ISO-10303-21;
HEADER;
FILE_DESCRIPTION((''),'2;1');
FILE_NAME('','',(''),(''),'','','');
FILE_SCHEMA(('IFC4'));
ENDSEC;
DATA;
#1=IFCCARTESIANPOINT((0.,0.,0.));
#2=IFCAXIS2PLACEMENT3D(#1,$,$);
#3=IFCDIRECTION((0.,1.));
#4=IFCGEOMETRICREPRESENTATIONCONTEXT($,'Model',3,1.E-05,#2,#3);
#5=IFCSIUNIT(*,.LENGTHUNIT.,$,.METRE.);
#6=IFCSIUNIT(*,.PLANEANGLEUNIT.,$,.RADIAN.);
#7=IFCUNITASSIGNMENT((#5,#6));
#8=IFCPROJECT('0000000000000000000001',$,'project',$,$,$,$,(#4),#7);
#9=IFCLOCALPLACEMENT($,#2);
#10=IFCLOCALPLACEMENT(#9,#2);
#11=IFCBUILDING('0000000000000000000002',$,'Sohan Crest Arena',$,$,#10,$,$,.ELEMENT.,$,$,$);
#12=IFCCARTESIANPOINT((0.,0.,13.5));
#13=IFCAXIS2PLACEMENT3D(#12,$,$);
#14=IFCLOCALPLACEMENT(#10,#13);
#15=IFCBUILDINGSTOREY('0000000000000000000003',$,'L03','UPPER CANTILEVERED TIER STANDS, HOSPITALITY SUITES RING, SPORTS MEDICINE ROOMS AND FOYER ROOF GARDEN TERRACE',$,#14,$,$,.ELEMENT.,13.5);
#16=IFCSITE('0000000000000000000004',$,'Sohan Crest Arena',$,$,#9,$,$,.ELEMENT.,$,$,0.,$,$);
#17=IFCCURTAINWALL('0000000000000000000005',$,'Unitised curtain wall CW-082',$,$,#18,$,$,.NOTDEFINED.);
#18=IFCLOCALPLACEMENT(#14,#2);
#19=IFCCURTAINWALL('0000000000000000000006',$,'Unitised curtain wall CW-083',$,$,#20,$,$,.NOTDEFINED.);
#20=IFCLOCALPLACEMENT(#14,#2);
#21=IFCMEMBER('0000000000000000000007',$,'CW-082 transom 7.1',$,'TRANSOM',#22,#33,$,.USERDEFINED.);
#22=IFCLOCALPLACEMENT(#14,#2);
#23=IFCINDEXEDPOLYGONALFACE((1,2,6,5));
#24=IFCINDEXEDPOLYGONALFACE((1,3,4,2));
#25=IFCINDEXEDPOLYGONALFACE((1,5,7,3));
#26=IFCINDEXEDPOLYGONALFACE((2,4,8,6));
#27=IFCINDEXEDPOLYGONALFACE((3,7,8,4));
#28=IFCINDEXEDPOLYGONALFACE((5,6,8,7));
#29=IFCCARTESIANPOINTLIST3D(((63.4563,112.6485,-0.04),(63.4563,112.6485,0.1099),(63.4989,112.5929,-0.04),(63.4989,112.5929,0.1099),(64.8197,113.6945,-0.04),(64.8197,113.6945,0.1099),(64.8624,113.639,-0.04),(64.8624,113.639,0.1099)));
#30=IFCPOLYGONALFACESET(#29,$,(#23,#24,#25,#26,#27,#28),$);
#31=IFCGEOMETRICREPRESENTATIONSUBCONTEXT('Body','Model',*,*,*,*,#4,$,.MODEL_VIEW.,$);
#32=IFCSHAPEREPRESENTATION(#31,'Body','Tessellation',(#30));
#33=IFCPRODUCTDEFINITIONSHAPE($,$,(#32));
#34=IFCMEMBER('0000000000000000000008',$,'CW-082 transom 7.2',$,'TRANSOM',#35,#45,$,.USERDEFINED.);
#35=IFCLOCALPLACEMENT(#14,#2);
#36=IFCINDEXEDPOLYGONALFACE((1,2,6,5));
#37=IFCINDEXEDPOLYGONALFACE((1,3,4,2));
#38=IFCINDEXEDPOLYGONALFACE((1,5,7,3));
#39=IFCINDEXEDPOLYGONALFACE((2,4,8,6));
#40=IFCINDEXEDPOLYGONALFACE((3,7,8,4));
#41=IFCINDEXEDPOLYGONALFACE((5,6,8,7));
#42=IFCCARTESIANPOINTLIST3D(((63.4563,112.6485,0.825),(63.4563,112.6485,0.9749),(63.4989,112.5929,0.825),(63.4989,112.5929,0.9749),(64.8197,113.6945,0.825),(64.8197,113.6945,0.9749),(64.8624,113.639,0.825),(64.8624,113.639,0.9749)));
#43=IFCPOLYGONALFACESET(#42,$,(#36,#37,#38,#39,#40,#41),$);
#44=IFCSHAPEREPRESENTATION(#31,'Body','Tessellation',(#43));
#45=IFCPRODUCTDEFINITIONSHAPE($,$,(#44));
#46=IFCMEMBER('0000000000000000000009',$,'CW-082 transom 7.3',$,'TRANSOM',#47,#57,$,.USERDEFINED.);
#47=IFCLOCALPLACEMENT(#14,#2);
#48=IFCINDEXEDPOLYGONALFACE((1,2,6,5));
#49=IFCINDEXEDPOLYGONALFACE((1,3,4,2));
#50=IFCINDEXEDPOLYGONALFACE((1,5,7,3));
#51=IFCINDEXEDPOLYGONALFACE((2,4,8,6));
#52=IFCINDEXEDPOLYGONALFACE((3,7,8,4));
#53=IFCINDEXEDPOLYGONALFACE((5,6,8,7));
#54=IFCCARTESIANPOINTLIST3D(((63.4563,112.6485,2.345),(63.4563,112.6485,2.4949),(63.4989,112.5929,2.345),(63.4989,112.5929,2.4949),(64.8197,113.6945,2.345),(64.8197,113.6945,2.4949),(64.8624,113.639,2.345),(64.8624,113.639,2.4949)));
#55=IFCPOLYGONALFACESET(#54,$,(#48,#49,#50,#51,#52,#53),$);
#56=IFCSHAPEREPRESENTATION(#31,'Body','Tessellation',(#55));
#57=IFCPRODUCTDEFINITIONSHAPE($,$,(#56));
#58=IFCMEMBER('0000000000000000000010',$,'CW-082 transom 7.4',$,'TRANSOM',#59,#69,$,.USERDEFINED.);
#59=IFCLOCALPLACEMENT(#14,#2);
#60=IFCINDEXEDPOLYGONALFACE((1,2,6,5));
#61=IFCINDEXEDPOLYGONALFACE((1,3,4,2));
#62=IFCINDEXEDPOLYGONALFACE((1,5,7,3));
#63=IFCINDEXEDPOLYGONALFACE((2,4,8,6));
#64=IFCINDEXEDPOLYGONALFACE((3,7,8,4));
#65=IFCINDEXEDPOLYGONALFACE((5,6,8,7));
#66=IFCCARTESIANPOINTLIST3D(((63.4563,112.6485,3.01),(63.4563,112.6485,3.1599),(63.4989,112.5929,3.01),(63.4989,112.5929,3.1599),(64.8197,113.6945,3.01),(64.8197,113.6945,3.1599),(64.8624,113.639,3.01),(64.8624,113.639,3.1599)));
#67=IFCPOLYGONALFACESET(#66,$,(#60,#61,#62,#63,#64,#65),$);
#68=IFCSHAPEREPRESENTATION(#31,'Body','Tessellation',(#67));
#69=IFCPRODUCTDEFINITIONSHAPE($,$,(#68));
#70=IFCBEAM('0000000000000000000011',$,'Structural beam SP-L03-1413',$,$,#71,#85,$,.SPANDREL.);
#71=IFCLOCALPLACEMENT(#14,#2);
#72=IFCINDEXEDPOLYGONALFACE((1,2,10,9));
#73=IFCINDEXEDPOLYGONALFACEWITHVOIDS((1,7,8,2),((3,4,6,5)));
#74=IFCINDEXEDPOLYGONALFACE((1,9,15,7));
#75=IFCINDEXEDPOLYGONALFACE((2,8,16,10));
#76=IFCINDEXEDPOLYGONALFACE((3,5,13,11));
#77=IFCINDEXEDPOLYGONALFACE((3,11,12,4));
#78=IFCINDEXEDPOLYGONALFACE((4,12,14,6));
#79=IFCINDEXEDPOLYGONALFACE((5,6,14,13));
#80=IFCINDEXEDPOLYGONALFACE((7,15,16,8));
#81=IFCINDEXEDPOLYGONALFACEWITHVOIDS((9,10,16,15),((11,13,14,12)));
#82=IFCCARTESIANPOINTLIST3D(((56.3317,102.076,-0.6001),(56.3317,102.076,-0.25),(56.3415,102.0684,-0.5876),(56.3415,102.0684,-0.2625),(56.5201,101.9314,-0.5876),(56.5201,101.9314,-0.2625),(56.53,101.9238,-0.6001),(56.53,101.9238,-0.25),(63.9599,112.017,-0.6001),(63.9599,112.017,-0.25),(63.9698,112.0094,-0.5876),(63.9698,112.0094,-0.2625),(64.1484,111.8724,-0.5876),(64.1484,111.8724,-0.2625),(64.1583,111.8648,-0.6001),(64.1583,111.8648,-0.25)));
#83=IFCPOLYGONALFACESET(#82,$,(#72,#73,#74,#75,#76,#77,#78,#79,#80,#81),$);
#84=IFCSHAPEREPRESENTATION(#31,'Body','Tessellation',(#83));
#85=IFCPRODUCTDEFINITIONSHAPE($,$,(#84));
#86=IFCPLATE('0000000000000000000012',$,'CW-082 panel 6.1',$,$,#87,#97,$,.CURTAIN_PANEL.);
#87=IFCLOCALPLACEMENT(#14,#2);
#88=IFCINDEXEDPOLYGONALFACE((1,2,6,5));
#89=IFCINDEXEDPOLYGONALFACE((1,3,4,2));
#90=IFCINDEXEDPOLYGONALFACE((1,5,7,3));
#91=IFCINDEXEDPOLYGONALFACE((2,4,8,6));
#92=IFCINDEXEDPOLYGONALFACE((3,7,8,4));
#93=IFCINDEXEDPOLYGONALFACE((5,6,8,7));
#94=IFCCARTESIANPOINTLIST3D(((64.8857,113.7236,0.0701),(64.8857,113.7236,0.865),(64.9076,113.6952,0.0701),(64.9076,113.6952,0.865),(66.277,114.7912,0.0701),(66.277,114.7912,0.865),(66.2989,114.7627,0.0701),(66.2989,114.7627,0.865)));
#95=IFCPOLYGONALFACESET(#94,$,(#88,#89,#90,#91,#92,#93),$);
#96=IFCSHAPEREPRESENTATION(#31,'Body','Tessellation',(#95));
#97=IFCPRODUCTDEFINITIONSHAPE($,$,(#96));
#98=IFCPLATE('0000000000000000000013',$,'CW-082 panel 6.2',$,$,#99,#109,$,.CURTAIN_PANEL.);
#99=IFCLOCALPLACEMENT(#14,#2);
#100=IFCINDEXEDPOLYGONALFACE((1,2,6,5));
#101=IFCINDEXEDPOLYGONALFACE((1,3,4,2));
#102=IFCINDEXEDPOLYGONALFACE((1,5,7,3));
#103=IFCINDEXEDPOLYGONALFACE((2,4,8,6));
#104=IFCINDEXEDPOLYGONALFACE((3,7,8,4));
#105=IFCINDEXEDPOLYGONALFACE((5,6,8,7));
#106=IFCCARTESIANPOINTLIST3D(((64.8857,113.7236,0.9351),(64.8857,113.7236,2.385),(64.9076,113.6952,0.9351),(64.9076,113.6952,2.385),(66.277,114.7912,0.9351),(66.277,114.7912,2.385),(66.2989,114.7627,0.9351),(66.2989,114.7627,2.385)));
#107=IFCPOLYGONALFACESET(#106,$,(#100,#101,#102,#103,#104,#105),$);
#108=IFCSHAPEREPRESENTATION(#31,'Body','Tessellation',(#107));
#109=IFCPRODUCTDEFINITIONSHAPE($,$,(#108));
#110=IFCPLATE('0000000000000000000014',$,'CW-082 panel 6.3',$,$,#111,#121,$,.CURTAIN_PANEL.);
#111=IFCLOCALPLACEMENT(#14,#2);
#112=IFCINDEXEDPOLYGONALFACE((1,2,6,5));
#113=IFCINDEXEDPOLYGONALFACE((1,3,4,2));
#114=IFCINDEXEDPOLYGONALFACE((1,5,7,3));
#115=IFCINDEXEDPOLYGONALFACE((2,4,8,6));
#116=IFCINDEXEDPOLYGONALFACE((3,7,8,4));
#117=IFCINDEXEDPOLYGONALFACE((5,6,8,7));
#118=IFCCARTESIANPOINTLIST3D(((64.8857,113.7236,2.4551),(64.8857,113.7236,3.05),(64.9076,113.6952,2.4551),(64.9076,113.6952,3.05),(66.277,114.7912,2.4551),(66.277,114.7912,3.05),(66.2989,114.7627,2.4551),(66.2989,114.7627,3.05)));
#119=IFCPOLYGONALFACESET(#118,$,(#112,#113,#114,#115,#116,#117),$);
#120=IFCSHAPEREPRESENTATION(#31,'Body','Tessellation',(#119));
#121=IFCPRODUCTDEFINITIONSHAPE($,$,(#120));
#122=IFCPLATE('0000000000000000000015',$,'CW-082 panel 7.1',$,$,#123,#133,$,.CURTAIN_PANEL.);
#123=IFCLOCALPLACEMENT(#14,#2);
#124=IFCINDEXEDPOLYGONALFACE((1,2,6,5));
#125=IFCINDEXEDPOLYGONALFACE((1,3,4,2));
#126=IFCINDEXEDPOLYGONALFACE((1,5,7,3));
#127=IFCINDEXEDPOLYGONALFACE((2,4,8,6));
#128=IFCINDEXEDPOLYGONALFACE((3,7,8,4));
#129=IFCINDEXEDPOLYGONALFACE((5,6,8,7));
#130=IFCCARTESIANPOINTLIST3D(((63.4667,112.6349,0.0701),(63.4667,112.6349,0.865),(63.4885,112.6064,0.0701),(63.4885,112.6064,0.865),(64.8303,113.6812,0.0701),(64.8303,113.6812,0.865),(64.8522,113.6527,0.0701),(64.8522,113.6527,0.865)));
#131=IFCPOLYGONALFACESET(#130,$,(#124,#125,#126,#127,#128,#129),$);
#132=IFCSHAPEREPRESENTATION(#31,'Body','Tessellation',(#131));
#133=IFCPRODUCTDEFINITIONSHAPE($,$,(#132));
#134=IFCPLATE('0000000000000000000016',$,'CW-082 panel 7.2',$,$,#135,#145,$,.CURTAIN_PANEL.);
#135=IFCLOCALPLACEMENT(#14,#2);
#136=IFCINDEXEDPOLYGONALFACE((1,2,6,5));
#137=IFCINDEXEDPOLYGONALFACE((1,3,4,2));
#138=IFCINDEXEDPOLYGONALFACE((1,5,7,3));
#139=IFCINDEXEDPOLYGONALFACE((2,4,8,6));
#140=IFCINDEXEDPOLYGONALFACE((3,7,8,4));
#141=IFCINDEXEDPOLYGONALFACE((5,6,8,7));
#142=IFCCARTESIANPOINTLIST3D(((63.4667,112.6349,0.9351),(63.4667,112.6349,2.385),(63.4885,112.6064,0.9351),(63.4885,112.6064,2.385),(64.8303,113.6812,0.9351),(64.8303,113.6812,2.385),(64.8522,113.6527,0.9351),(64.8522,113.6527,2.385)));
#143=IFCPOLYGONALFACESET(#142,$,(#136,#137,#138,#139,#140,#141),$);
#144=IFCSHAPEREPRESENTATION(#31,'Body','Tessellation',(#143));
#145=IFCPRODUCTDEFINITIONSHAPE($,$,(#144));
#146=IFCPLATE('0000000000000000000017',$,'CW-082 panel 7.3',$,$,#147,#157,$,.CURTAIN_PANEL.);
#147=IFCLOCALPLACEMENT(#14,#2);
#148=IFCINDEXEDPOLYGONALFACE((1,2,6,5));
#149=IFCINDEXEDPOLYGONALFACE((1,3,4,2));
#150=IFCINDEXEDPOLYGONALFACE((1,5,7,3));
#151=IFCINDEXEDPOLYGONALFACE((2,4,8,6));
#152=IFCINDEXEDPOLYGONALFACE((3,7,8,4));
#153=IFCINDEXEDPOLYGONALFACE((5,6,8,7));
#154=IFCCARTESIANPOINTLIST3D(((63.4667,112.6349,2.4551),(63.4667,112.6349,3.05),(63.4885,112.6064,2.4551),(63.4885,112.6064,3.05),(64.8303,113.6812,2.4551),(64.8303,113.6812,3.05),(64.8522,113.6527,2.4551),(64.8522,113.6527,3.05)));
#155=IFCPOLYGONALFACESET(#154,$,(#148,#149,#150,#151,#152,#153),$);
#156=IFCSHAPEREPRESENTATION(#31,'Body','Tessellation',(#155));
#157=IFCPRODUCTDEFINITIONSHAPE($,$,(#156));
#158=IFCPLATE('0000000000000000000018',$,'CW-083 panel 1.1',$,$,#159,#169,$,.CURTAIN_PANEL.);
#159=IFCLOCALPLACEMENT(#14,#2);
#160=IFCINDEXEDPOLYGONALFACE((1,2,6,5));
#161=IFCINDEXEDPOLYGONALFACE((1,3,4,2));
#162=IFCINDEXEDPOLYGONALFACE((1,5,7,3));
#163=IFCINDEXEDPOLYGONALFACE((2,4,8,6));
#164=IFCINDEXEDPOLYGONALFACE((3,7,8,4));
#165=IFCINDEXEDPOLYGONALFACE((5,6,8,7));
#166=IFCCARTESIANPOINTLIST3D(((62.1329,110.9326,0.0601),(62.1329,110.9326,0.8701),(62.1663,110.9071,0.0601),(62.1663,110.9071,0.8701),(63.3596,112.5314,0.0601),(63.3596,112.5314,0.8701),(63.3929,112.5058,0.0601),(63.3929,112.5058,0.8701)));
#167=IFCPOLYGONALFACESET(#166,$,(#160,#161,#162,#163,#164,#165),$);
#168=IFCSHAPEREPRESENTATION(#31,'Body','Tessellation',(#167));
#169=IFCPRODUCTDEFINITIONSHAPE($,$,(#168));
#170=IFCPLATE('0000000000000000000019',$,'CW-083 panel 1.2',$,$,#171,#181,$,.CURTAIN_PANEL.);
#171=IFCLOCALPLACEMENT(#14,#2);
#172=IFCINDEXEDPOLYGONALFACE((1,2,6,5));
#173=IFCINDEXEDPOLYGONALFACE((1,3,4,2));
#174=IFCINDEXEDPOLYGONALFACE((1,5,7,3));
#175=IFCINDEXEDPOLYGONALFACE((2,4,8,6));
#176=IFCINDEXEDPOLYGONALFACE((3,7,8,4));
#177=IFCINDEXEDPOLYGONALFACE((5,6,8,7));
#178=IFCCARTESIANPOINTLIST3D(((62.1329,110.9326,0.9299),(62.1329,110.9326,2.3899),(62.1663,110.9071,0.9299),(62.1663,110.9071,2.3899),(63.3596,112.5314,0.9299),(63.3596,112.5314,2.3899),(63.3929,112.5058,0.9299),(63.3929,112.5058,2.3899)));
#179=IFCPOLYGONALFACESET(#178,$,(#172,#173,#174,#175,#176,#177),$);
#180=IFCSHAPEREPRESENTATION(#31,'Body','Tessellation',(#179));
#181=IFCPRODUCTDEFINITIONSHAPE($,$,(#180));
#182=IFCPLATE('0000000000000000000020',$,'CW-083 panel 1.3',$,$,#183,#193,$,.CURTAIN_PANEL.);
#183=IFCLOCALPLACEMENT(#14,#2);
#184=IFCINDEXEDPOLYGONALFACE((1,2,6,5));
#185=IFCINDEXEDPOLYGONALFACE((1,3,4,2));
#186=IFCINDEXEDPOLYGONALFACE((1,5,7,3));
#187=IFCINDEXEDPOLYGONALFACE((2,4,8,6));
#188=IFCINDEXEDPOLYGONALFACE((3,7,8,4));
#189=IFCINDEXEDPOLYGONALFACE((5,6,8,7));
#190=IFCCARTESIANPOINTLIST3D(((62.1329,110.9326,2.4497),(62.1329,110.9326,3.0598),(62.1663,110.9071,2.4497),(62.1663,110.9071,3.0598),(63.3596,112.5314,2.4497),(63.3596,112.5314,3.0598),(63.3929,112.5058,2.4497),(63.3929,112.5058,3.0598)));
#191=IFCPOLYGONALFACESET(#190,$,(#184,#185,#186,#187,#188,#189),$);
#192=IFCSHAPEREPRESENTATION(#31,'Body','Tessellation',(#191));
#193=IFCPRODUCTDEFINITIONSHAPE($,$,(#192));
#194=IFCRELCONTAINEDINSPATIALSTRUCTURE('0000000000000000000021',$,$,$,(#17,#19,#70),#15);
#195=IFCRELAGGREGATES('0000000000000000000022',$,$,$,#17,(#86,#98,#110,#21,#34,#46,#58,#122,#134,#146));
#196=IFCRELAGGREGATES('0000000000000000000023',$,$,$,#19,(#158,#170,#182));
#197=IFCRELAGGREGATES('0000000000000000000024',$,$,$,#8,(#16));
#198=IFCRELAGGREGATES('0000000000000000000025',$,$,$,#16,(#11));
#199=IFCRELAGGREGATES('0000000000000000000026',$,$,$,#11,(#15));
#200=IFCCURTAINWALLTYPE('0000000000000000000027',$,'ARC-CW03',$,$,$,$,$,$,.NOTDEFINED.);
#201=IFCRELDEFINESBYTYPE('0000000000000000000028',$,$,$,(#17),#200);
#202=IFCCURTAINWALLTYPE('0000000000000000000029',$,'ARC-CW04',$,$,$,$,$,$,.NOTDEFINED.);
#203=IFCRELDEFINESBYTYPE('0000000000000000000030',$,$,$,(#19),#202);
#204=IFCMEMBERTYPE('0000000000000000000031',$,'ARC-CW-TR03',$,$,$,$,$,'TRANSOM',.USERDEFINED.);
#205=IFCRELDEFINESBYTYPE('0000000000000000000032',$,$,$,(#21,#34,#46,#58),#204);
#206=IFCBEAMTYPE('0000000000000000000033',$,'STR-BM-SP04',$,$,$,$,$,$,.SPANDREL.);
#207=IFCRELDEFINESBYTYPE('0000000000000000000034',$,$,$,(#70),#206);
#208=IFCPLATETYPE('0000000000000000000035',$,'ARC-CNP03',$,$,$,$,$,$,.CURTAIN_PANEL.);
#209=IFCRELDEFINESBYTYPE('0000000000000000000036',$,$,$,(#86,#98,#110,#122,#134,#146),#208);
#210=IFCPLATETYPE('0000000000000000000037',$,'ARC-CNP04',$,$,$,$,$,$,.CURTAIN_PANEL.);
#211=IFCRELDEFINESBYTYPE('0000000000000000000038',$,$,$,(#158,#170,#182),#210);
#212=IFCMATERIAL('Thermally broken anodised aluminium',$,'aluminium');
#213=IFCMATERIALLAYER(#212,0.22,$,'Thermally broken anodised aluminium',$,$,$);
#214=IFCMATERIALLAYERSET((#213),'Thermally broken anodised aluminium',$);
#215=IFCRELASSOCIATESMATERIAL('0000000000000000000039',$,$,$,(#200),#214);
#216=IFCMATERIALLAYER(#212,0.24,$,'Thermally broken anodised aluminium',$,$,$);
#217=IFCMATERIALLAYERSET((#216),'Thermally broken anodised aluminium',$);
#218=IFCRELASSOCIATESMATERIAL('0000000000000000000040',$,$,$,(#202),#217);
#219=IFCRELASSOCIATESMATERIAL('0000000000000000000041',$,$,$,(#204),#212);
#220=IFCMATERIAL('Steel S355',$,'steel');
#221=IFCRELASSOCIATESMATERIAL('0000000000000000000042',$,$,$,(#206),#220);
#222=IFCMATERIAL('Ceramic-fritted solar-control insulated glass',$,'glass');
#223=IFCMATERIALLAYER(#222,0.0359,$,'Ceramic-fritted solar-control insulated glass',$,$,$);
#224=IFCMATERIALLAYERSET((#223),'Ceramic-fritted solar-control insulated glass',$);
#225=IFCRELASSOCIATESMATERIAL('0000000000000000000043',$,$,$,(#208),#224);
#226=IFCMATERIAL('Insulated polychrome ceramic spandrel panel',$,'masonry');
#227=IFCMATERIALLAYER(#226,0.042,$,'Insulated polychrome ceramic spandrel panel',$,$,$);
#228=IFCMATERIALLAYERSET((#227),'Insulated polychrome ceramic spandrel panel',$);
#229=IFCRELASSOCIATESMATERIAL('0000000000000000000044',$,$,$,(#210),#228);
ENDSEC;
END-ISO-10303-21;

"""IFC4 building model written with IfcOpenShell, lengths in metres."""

from ifc_helpers import new_model, si_unit, direction, frame, origin, origin_2d, place, context, subcontext, project, spatial, rectangle, hollow_rectangle, extrude, material, layer, layer_set, material_profile, profile_set, type_object, element, aggregate, save


model = new_model("IFC4")

# Units and contexts
model_context = context("Model", 3, precision=1e-05, world=origin(), true_north=direction((0.0, 1.0)))
body_context = subcontext(model_context, "Body", "Model", "MODEL_VIEW")
ifc_project = project(units=[si_unit("LENGTHUNIT", "METRE"), si_unit("PLANEANGLEUNIT", "RADIAN")], contexts=[model_context])

# Site, building, storey
site_placement = place(None, origin())
site = spatial("IfcSite", under=ifc_project, at=site_placement, Name="Sohan Crest Arena", CompositionType="ELEMENT", RefElevation=0.0)
building_placement = place(site_placement, origin())
building = spatial("IfcBuilding", under=site, at=building_placement, Name="Sohan Crest Arena", CompositionType="ELEMENT")
storey_placement = place(building_placement, frame((0.0, 0.0, 13.5)))
storey = spatial("IfcBuildingStorey", under=building, at=storey_placement, Name="L03", Description="UPPER CANTILEVERED TIER STANDS, HOSPITALITY SUITES RING, SPORTS MEDICINE ROOMS AND FOYER ROOF GARDEN TERRACE", CompositionType="ELEMENT", Elevation=13.5)

# Shared definitions
ifc_material_1 = material(Name="Steel S355", Category="steel")

# Curtain walls
ifc_material_2 = material(Name="Thermally broken anodised aluminium", Category="aluminium")
ifc_layer_1 = layer(ifc_material_2, 0.22, Name="Thermally broken anodised aluminium")
ifc_layer_set_1 = layer_set([ifc_layer_1], Name="Thermally broken anodised aluminium")
curtain_wall_type_1 = type_object("IfcCurtainWallType", Name="ARC-CW03", PredefinedType="NOTDEFINED", material=ifc_layer_set_1)
curtain_wall_1_placement = place(storey_placement, origin())
curtain_wall_1 = element("IfcCurtainWall", 1, at=curtain_wall_1_placement, inside=storey, type_object=curtain_wall_type_1, Name="Unitised curtain wall CW-082", PredefinedType="NOTDEFINED")
ifc_layer_2 = layer(ifc_material_2, 0.24, Name="Thermally broken anodised aluminium")
ifc_layer_set_2 = layer_set([ifc_layer_2], Name="Thermally broken anodised aluminium")
curtain_wall_type_2 = type_object("IfcCurtainWallType", Name="ARC-CW04", PredefinedType="NOTDEFINED", material=ifc_layer_set_2)
curtain_wall_2_placement = place(storey_placement, origin())
curtain_wall_2 = element("IfcCurtainWall", 2, at=curtain_wall_2_placement, inside=storey, type_object=curtain_wall_type_2, Name="Unitised curtain wall CW-083", PredefinedType="NOTDEFINED")

# Members
ifc_material_profile_1 = material_profile(ifc_material_2, rectangle(XDim=0.0701, YDim=0.1499, at=origin_2d()), Name="ALU-TRAN 70x150")
ifc_profile_set_1 = profile_set([ifc_material_profile_1], Name="Thermally broken anodised aluminium")
member_type_1 = type_object("IfcMemberType", Name="ARC-CW-TR03", ElementType="TRANSOM", PredefinedType="USERDEFINED", material=ifc_profile_set_1)
member_1_placement = place(storey_placement, frame((64.8411, 113.6667, 0.0349), z_axis=(-0.793389, -0.608715, 0.0), x_axis=(0.608715, -0.793389, 0.0)))
member_1 = element("IfcMember", 3, at=member_1_placement, type_object=member_type_1, Name="CW-082 transom 7.1", ObjectType="TRANSOM", PredefinedType="USERDEFINED", context=body_context, shape_type="SweptSolid", body=[
    extrude(rectangle(XDim=0.0701, YDim=0.1499, at=origin_2d()), origin(), (0.0, 0.0, 1.0), 1.7185),
])
member_2_placement = place(storey_placement, frame((64.8411, 113.6667, 0.8999), z_axis=(-0.793389, -0.608715, 0.0), x_axis=(0.608715, -0.793389, 0.0)))
member_2 = element("IfcMember", 4, at=member_2_placement, type_object=member_type_1, Name="CW-082 transom 7.2", ObjectType="TRANSOM", PredefinedType="USERDEFINED", context=body_context, shape_type="SweptSolid", body=[
    extrude(rectangle(XDim=0.0701, YDim=0.1499, at=origin_2d()), origin(), (0.0, 0.0, 1.0), 1.7185),
])
member_3_placement = place(storey_placement, frame((64.8411, 113.6667, 2.4199), z_axis=(-0.793389, -0.608715, 0.0), x_axis=(0.608715, -0.793389, 0.0)))
member_3 = element("IfcMember", 5, at=member_3_placement, type_object=member_type_1, Name="CW-082 transom 7.3", ObjectType="TRANSOM", PredefinedType="USERDEFINED", context=body_context, shape_type="SweptSolid", body=[
    extrude(rectangle(XDim=0.0701, YDim=0.1499, at=origin_2d()), origin(), (0.0, 0.0, 1.0), 1.7185),
])
member_4_placement = place(storey_placement, frame((64.8411, 113.6667, 3.085), z_axis=(-0.793389, -0.608715, 0.0), x_axis=(0.608715, -0.793389, 0.0)))
member_4 = element("IfcMember", 6, at=member_4_placement, type_object=member_type_1, Name="CW-082 transom 7.4", ObjectType="TRANSOM", PredefinedType="USERDEFINED", context=body_context, shape_type="SweptSolid", body=[
    extrude(rectangle(XDim=0.0701, YDim=0.1499, at=origin_2d()), origin(), (0.0, 0.0, 1.0), 1.7185),
])

# Beam
ifc_material_profile_2 = material_profile(ifc_material_1, hollow_rectangle(XDim=0.25, YDim=0.3501, WallThickness=0.0125, at=origin_2d()), Name="RHS 350x250x12.5")
ifc_profile_set_2 = profile_set([ifc_material_profile_2], Name="Steel S355")
beam_type = type_object("IfcBeamType", Name="STR-BM-SP04", PredefinedType="SPANDREL", material=ifc_profile_set_2)
beam_placement = place(storey_placement, frame((64.0591, 111.9409, -0.425), z_axis=(-0.608773, -0.793344, 0.0), x_axis=(0.793344, -0.608773, 0.0)))
element("IfcBeam", 7, at=beam_placement, inside=storey, type_object=beam_type, Name="Structural beam SP-L03-1413", PredefinedType="SPANDREL", context=body_context, shape_type="SweptSolid", body=[
    extrude(hollow_rectangle(XDim=0.25, YDim=0.3501, WallThickness=0.0125, at=origin_2d()), origin(), (0.0, 0.0, 1.0), 12.5305),
])

# Plates
ifc_material_3 = material(Name="Ceramic-fritted solar-control insulated glass", Category="glass")
ifc_layer_3 = layer(ifc_material_3, 0.0359, Name="Ceramic-fritted solar-control insulated glass")
ifc_layer_set_3 = layer_set([ifc_layer_3], Name="Ceramic-fritted solar-control insulated glass")
plate_type_1 = type_object("IfcPlateType", Name="ARC-CNP03", PredefinedType="CURTAIN_PANEL", material=ifc_layer_set_3)
plate_1_placement = place(storey_placement, frame((65.5923, 114.2432, 0.0701), z_axis=(0.0, 0.0, 1.0), x_axis=(-0.793372, -0.608737, 0.0)))
plate_1 = element("IfcPlate", 8, at=plate_1_placement, type_object=plate_type_1, Name="CW-082 panel 6.1", PredefinedType="CURTAIN_PANEL", context=body_context, shape_type="SweptSolid", body=[
    extrude(rectangle(XDim=1.7537, YDim=0.0359, at=origin_2d()), origin(), (0.0, 0.0, 1.0), 0.7949),
])
plate_2_placement = place(storey_placement, frame((65.5923, 114.2432, 0.9351), z_axis=(0.0, 0.0, 1.0), x_axis=(-0.793372, -0.608737, 0.0)))
plate_2 = element("IfcPlate", 9, at=plate_2_placement, type_object=plate_type_1, Name="CW-082 panel 6.2", PredefinedType="CURTAIN_PANEL", context=body_context, shape_type="SweptSolid", body=[
    extrude(rectangle(XDim=1.7537, YDim=0.0359, at=origin_2d()), origin(), (0.0, 0.0, 1.0), 1.45),
])
plate_3_placement = place(storey_placement, frame((65.5923, 114.2432, 2.4551), z_axis=(0.0, 0.0, 1.0), x_axis=(-0.793372, -0.608737, 0.0)))
plate_3 = element("IfcPlate", 10, at=plate_3_placement, type_object=plate_type_1, Name="CW-082 panel 6.3", PredefinedType="CURTAIN_PANEL", context=body_context, shape_type="SweptSolid", body=[
    extrude(rectangle(XDim=1.7537, YDim=0.0359, at=origin_2d()), origin(), (0.0, 0.0, 1.0), 0.595),
])
plate_4_placement = place(storey_placement, frame((64.1594, 113.1438, 0.0701), z_axis=(0.0, 0.0, 1.0), x_axis=(-0.793372, -0.608737, 0.0)))
plate_4 = element("IfcPlate", 11, at=plate_4_placement, type_object=plate_type_1, Name="CW-082 panel 7.1", PredefinedType="CURTAIN_PANEL", context=body_context, shape_type="SweptSolid", body=[
    extrude(rectangle(XDim=1.7188, YDim=0.0359, at=origin_2d()), origin(), (0.0, 0.0, 1.0), 0.7949),
])
plate_5_placement = place(storey_placement, frame((64.1594, 113.1438, 0.9351), z_axis=(0.0, 0.0, 1.0), x_axis=(-0.793372, -0.608737, 0.0)))
plate_5 = element("IfcPlate", 12, at=plate_5_placement, type_object=plate_type_1, Name="CW-082 panel 7.2", PredefinedType="CURTAIN_PANEL", context=body_context, shape_type="SweptSolid", body=[
    extrude(rectangle(XDim=1.7188, YDim=0.0359, at=origin_2d()), origin(), (0.0, 0.0, 1.0), 1.45),
])
plate_6_placement = place(storey_placement, frame((64.1594, 113.1438, 2.4551), z_axis=(0.0, 0.0, 1.0), x_axis=(-0.793372, -0.608737, 0.0)))
plate_6 = element("IfcPlate", 13, at=plate_6_placement, type_object=plate_type_1, Name="CW-082 panel 7.3", PredefinedType="CURTAIN_PANEL", context=body_context, shape_type="SweptSolid", body=[
    extrude(rectangle(XDim=1.7188, YDim=0.0359, at=origin_2d()), origin(), (0.0, 0.0, 1.0), 0.595),
])
aggregate(curtain_wall_1, [plate_1, plate_2, plate_3, member_1, member_2, member_3, member_4, plate_4, plate_5, plate_6])
ifc_material_4 = material(Name="Insulated polychrome ceramic spandrel panel", Category="masonry")
ifc_layer_4 = layer(ifc_material_4, 0.042, Name="Insulated polychrome ceramic spandrel panel")
ifc_layer_set_4 = layer_set([ifc_layer_4], Name="Insulated polychrome ceramic spandrel panel")
plate_type_2 = type_object("IfcPlateType", Name="ARC-CNP04", PredefinedType="CURTAIN_PANEL", material=ifc_layer_set_4)
plate_7_placement = place(storey_placement, frame((62.7629, 111.7192, 0.0601), z_axis=(0.0, 0.0, 1.0), x_axis=(-0.608737, -0.793372, 0.0)))
plate_7 = element("IfcPlate", 14, at=plate_7_placement, type_object=plate_type_2, Name="CW-083 panel 1.1", PredefinedType="CURTAIN_PANEL", context=body_context, shape_type="SweptSolid", body=[
    extrude(rectangle(XDim=2.0151, YDim=0.042, at=origin_2d()), origin(), (0.0, 0.0, 1.0), 0.8101),
])
plate_8_placement = place(storey_placement, frame((62.7629, 111.7192, 0.9299), z_axis=(0.0, 0.0, 1.0), x_axis=(-0.608737, -0.793372, 0.0)))
plate_8 = element("IfcPlate", 15, at=plate_8_placement, type_object=plate_type_2, Name="CW-083 panel 1.2", PredefinedType="CURTAIN_PANEL", context=body_context, shape_type="SweptSolid", body=[
    extrude(rectangle(XDim=2.0151, YDim=0.042, at=origin_2d()), origin(), (0.0, 0.0, 1.0), 1.46),
])
plate_9_placement = place(storey_placement, frame((62.7629, 111.7192, 2.4497), z_axis=(0.0, 0.0, 1.0), x_axis=(-0.608737, -0.793372, 0.0)))
plate_9 = element("IfcPlate", 16, at=plate_9_placement, type_object=plate_type_2, Name="CW-083 panel 1.3", PredefinedType="CURTAIN_PANEL", context=body_context, shape_type="SweptSolid", body=[
    extrude(rectangle(XDim=2.0151, YDim=0.042, at=origin_2d()), origin(), (0.0, 0.0, 1.0), 0.6101),
])
aggregate(curtain_wall_2, [plate_7, plate_8, plate_9])

save(model, "model.ifc")
